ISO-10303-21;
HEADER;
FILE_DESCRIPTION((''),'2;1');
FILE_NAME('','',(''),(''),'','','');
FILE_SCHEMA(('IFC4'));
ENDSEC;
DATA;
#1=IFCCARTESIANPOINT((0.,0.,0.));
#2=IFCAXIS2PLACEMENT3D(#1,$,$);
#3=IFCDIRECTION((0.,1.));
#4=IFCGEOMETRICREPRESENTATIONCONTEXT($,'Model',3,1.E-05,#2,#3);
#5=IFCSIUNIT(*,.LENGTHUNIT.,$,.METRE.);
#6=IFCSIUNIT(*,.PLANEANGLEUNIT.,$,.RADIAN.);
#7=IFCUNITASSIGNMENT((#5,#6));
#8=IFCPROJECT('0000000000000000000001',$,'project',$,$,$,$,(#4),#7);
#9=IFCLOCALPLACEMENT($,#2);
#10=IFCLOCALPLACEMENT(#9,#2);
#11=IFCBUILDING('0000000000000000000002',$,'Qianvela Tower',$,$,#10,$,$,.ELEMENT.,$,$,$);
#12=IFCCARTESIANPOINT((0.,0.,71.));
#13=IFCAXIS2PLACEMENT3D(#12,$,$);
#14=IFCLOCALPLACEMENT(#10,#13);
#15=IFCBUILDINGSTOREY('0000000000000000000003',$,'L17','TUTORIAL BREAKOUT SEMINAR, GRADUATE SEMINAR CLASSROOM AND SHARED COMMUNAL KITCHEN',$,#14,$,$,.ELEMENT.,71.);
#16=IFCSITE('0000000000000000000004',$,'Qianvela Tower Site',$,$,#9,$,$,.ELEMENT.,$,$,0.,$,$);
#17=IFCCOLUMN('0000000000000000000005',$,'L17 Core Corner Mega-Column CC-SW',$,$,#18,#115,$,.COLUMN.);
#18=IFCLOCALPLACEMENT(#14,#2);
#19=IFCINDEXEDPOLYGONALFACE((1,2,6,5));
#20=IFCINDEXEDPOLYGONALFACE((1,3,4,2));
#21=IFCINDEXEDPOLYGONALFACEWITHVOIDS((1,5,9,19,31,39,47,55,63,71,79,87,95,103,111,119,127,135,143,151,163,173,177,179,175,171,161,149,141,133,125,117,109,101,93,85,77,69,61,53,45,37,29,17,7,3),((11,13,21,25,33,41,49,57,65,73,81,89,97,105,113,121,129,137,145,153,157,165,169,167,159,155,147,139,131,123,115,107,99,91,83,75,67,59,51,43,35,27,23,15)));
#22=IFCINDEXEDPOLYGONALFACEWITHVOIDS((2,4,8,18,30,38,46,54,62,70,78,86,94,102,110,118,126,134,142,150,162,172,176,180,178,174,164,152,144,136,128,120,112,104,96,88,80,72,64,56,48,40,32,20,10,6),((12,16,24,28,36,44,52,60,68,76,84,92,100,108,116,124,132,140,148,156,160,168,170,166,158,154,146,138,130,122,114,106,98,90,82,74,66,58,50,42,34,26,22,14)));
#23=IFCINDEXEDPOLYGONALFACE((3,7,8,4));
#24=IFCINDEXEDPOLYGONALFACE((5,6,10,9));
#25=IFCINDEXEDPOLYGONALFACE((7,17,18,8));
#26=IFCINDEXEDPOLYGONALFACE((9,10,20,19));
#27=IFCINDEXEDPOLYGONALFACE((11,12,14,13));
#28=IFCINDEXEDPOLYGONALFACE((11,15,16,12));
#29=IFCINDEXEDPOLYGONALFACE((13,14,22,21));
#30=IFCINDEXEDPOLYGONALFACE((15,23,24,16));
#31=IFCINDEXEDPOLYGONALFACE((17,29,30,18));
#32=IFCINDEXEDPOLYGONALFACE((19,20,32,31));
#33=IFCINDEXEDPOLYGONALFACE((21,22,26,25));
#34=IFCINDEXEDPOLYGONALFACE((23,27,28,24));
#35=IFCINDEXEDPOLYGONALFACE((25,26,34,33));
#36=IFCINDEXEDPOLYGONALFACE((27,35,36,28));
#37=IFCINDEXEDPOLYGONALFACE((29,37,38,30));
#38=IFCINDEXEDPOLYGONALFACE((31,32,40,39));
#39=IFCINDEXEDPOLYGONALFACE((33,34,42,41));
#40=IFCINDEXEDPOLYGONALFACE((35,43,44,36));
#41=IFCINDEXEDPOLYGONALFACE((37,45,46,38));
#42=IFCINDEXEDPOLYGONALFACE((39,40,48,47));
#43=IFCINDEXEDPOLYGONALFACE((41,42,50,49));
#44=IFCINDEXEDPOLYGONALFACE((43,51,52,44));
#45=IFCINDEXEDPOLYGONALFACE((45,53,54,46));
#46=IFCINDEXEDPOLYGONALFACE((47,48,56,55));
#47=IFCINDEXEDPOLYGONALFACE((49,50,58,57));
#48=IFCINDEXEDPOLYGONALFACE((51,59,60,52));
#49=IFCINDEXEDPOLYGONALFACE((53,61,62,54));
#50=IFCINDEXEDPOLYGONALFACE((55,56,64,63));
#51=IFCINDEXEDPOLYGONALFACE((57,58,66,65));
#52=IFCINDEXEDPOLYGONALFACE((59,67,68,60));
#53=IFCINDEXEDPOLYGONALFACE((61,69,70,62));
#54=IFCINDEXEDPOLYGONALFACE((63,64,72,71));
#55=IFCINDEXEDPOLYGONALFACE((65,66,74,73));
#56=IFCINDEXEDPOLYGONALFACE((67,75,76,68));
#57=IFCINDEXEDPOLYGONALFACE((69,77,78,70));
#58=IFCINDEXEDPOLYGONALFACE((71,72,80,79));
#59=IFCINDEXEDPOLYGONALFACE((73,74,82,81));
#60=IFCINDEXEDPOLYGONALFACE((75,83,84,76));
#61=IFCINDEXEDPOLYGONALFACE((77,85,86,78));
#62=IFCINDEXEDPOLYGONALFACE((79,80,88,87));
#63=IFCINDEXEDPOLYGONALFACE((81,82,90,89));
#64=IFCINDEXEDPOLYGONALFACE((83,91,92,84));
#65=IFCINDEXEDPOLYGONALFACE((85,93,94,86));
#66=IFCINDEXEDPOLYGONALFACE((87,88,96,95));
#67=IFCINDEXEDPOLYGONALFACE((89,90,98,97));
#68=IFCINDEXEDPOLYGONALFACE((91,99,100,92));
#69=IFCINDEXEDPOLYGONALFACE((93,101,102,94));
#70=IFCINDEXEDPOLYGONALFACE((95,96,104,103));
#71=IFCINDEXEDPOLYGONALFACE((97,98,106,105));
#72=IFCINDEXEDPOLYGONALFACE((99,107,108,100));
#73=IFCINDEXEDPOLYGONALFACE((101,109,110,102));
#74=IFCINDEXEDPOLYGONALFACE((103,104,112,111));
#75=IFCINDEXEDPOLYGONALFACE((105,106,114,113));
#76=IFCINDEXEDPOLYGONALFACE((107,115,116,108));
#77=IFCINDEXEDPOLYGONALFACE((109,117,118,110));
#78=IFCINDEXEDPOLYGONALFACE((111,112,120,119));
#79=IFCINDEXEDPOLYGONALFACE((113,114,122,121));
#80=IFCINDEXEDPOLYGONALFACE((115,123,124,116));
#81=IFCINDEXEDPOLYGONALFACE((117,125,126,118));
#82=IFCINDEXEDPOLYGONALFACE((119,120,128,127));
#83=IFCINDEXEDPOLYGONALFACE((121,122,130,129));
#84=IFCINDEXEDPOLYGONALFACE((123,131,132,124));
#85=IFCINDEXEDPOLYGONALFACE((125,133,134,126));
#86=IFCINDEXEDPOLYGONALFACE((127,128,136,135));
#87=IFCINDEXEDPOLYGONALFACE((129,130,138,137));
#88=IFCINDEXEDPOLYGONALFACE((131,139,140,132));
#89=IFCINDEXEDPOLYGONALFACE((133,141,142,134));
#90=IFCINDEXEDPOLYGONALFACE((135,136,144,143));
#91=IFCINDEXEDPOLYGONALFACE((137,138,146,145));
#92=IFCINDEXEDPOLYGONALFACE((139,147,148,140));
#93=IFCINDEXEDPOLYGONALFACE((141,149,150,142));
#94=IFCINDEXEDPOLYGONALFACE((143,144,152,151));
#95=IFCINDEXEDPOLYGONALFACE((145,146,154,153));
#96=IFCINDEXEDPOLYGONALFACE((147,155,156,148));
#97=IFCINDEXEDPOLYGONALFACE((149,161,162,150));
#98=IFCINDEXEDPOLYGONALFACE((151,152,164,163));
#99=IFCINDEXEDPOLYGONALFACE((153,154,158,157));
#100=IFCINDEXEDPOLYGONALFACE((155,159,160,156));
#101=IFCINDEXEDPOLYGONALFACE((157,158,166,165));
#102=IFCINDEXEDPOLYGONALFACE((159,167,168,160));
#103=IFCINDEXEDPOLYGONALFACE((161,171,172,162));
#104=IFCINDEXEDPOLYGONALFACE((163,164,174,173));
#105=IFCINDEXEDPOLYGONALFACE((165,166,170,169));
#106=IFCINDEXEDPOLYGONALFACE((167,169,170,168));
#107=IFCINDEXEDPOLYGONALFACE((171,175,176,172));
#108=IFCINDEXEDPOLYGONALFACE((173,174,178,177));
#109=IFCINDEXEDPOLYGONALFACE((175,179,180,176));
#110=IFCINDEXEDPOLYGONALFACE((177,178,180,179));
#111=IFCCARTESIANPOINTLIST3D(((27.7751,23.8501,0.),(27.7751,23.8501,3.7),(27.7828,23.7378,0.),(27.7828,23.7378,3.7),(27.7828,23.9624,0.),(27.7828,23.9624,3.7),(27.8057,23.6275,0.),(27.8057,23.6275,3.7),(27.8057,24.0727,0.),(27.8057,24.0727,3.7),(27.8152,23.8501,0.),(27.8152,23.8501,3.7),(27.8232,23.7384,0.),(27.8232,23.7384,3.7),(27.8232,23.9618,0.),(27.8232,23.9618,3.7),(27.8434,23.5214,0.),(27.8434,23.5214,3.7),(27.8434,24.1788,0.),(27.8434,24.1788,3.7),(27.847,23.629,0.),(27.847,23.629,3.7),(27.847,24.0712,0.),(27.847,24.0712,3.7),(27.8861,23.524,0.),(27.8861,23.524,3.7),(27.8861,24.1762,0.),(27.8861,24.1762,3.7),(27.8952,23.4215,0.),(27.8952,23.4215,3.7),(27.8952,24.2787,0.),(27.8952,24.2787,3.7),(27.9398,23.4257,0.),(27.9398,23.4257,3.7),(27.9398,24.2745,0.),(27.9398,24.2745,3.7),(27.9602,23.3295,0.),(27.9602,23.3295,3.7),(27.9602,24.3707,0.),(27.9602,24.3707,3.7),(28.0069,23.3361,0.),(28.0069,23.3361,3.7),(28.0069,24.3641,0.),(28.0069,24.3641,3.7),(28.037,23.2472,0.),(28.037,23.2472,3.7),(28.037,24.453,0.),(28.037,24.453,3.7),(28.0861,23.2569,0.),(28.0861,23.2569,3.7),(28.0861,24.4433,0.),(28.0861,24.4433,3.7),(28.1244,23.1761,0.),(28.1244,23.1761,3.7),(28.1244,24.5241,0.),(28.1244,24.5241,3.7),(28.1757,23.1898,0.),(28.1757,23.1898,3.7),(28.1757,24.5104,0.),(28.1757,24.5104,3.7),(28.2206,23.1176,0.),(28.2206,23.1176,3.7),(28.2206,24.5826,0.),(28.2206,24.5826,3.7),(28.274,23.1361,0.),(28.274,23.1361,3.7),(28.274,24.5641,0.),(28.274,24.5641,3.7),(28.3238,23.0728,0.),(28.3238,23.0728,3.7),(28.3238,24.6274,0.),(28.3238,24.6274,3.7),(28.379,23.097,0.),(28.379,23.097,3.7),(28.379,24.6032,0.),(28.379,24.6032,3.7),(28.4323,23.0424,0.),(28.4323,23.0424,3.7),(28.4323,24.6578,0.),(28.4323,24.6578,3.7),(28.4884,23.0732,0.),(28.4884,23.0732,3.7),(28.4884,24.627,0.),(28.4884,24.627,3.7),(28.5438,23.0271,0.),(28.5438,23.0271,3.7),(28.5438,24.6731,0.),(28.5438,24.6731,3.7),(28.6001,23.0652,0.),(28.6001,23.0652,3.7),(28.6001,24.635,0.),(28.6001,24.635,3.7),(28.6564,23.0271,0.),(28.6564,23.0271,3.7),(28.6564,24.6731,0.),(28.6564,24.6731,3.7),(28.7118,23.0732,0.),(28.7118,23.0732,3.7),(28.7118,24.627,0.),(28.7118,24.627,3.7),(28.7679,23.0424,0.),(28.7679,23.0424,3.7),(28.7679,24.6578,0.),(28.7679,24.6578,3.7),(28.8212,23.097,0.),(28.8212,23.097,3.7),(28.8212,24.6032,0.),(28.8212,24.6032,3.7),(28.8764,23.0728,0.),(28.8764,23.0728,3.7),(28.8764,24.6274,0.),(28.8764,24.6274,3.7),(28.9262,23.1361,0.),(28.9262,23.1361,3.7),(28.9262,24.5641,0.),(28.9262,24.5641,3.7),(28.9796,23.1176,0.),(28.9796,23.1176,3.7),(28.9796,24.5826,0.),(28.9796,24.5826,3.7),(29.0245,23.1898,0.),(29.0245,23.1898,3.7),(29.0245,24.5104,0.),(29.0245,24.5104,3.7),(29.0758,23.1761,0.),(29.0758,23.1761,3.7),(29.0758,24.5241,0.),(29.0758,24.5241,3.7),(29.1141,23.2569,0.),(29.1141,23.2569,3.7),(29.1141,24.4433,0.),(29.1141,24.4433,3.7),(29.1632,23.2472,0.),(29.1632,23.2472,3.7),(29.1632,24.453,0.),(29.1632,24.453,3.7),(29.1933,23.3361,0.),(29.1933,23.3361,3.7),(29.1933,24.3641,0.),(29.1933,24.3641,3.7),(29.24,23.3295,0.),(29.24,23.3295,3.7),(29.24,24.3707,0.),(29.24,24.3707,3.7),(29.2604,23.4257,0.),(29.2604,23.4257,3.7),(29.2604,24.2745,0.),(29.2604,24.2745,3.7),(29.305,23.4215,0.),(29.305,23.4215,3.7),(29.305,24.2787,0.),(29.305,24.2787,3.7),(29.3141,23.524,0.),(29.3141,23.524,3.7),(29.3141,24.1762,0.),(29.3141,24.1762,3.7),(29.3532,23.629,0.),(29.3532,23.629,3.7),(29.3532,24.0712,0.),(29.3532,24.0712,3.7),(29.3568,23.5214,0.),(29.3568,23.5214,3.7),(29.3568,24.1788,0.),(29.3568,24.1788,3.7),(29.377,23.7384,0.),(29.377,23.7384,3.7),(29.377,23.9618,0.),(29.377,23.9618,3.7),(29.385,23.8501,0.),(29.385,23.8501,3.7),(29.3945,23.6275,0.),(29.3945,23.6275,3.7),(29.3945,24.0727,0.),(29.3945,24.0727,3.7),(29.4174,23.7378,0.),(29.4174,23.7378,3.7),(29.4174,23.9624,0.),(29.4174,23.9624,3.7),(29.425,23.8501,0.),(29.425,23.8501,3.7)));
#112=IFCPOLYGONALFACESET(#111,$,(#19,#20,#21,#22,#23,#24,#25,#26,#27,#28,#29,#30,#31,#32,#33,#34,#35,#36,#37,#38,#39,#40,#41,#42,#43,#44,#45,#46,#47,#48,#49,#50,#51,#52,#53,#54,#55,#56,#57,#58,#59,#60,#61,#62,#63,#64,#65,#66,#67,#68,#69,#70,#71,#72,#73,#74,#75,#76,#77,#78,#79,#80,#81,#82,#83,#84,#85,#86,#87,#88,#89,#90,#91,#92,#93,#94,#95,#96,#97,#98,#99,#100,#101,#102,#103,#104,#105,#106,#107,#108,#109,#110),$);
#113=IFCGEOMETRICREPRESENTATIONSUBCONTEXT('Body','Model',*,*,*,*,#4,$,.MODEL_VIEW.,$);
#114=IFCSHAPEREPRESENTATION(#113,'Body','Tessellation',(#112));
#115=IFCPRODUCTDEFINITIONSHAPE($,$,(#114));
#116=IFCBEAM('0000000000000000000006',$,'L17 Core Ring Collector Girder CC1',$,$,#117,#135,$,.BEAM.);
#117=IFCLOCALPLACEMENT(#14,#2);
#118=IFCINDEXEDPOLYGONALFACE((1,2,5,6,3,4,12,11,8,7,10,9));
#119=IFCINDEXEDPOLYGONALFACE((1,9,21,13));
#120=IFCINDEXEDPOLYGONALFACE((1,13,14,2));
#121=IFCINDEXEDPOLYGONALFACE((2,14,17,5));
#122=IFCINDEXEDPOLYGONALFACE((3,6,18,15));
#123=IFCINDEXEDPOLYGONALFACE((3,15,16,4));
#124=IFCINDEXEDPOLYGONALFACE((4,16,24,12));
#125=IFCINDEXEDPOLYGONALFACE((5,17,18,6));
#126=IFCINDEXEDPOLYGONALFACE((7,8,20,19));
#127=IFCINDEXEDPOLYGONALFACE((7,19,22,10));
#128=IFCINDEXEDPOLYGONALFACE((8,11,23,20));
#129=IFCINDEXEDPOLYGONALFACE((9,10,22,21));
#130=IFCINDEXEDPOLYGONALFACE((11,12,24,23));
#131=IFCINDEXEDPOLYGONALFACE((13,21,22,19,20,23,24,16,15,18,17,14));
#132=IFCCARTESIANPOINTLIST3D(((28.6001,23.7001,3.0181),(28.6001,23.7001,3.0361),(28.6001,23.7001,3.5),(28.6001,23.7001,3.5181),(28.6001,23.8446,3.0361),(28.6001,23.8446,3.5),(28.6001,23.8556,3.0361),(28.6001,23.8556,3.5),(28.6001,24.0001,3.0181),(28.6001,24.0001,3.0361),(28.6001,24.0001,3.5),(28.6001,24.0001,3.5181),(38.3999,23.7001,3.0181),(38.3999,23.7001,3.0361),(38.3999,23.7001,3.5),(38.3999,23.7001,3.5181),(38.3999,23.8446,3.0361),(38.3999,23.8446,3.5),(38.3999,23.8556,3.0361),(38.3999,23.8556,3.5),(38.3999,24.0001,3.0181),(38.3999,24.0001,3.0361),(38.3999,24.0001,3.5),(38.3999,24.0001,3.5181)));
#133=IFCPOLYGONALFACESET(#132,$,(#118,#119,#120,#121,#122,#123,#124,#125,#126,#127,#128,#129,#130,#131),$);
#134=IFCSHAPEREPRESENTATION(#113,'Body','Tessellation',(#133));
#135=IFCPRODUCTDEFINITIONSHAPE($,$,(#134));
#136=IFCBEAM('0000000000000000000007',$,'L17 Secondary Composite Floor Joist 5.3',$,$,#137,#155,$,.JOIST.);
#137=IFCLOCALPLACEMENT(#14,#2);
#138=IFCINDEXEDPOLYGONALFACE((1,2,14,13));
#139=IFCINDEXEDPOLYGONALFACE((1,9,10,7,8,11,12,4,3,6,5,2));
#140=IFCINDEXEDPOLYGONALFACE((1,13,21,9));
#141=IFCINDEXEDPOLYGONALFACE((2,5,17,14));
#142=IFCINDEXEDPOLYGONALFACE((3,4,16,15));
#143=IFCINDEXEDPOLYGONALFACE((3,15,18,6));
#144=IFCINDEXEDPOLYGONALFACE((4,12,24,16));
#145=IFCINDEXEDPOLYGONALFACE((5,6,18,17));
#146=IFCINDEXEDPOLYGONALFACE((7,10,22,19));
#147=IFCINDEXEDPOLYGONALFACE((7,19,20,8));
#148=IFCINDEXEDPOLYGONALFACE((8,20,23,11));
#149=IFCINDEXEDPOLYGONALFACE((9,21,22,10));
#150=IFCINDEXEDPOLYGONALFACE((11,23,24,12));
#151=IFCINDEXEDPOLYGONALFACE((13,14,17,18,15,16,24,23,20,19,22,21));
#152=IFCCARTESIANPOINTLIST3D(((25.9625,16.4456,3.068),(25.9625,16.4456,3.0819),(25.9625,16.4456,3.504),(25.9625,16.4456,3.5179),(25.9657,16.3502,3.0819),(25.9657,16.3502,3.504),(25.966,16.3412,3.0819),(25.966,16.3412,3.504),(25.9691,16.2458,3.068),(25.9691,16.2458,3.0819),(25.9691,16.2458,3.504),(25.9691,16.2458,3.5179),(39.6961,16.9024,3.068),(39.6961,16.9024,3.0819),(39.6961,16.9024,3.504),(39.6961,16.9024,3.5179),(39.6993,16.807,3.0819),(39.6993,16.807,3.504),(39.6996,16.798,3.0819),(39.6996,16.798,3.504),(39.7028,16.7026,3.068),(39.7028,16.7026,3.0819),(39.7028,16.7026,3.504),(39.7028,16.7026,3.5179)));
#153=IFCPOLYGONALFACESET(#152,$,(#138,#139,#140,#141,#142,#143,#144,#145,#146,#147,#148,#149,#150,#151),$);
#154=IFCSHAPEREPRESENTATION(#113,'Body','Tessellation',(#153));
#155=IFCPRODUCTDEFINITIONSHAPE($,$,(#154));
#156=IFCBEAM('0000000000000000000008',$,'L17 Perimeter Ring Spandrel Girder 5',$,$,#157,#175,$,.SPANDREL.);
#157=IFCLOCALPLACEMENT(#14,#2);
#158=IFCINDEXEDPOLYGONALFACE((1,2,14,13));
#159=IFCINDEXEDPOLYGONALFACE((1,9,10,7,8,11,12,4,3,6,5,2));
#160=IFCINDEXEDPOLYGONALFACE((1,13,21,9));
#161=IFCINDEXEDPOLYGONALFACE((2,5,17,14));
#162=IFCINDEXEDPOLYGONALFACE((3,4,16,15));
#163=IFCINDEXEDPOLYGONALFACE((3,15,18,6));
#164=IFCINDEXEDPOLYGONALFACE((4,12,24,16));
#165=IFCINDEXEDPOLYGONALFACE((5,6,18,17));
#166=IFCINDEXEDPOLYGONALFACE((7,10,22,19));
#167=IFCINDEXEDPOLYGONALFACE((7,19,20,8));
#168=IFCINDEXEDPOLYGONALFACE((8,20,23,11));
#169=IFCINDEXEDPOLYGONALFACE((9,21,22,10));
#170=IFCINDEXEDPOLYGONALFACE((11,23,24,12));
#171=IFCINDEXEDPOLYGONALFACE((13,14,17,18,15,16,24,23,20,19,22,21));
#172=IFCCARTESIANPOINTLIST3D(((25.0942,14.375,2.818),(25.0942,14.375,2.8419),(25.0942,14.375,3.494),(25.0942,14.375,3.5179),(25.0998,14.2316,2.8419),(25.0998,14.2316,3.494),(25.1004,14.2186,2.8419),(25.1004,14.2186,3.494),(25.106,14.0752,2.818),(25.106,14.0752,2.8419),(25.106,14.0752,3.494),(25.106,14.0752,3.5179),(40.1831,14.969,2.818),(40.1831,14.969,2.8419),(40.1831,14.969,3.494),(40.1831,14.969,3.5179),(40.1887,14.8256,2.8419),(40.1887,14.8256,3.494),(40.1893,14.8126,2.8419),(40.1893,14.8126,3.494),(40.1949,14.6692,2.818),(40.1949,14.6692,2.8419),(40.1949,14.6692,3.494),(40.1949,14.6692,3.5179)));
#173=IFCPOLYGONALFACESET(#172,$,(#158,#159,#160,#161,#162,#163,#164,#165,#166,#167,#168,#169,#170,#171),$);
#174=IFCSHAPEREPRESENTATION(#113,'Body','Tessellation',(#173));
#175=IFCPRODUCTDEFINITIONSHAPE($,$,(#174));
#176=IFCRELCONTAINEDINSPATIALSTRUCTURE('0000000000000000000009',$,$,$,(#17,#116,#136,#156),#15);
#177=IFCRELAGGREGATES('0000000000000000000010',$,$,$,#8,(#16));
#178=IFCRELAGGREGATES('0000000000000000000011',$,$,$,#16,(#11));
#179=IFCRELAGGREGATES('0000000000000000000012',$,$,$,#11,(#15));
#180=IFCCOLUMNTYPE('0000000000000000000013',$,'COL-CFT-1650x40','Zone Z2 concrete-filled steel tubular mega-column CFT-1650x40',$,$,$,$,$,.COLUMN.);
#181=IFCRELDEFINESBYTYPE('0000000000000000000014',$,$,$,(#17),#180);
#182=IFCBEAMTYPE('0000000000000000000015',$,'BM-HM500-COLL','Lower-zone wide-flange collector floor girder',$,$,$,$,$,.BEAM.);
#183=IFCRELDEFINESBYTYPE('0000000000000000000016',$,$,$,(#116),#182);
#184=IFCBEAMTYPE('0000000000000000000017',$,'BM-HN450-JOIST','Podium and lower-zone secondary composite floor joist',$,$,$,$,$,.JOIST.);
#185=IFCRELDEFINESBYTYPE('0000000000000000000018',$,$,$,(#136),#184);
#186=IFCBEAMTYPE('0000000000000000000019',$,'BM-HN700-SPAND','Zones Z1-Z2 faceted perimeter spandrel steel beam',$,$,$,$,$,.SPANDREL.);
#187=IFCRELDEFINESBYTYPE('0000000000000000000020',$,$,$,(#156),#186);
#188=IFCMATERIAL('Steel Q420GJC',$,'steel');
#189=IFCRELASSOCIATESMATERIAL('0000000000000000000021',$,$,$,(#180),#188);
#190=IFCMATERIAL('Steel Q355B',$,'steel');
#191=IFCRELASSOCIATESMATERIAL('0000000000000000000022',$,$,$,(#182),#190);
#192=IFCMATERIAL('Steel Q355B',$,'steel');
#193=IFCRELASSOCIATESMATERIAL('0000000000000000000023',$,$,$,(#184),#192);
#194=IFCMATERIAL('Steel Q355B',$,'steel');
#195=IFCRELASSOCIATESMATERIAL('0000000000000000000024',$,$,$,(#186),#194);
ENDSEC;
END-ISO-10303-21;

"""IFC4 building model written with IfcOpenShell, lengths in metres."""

from ifc_helpers import new_model, si_unit, direction, frame, origin, origin_2d, place, context, subcontext, project, spatial, hollow_circle, i_section, extrude, material, material_profile, profile_set, type_object, element, save


model = new_model("IFC4")

# Units and contexts
model_context = context("Model", 3, precision=1e-05, world=origin(), true_north=direction((0.0, 1.0)))
body_context = subcontext(model_context, "Body", "Model", "MODEL_VIEW")
ifc_project = project(units=[si_unit("LENGTHUNIT", "METRE"), si_unit("PLANEANGLEUNIT", "RADIAN")], contexts=[model_context])

# Site, building, storey
site_placement = place(None, origin())
site = spatial("IfcSite", under=ifc_project, at=site_placement, Name="Qianvela Tower Site", CompositionType="ELEMENT", RefElevation=0.0)
building_placement = place(site_placement, origin())
building = spatial("IfcBuilding", under=site, at=building_placement, Name="Qianvela Tower", CompositionType="ELEMENT")
storey_placement = place(building_placement, frame((0.0, 0.0, 71.0)))
storey = spatial("IfcBuildingStorey", under=building, at=storey_placement, Name="L17", Description="TUTORIAL BREAKOUT SEMINAR, GRADUATE SEMINAR CLASSROOM AND SHARED COMMUNAL KITCHEN", CompositionType="ELEMENT", Elevation=71.0)

# Column
ifc_material_1 = material(Name="Steel Q420GJC", Category="steel")
ifc_material_profile_1 = material_profile(ifc_material_1, hollow_circle(Radius=0.825, WallThickness=0.04, at=origin_2d()), Name="CFT-1650x40")
ifc_profile_set_1 = profile_set([ifc_material_profile_1], Name="Steel Q420GJC")
column_type = type_object("IfcColumnType", Name="COL-CFT-1650x40", Description="Zone Z2 concrete-filled steel tubular mega-column CFT-1650x40", PredefinedType="COLUMN", material=ifc_profile_set_1)
column_placement = place(storey_placement, frame((28.6001, 23.8501, 0.0), z_axis=(0.0, 0.0, 1.0), x_axis=(1.0, 0.0, 0.0)))
element("IfcColumn", 1, at=column_placement, inside=storey, type_object=column_type, Name="L17 Core Corner Mega-Column CC-SW", PredefinedType="COLUMN", context=body_context, shape_type="SweptSolid", body=[
    extrude(hollow_circle(Radius=0.825, WallThickness=0.04, at=origin_2d()), origin(), (0.0, 0.0, 1.0), 3.7),
])

# Beams
ifc_material_2 = material(Name="Steel Q355B", Category="steel")
ifc_material_profile_2 = material_profile(ifc_material_2, i_section(OverallWidth=0.3, OverallDepth=0.5, WebThickness=0.011, FlangeThickness=0.0181, at=origin_2d()), Name="HM500x300x11x18")
ifc_profile_set_2 = profile_set([ifc_material_profile_2], Name="Steel Q355B")
beam_type_1 = type_object("IfcBeamType", Name="BM-HM500-COLL", Description="Lower-zone wide-flange collector floor girder", PredefinedType="BEAM", material=ifc_profile_set_2)
beam_1_placement = place(storey_placement, frame((28.6001, 23.8501, 3.2681), z_axis=(1.0, 0.0, 0.0), x_axis=(0.0, 1.0, 0.0)))
element("IfcBeam", 2, at=beam_1_placement, inside=storey, type_object=beam_type_1, Name="L17 Core Ring Collector Girder CC1", PredefinedType="BEAM", context=body_context, shape_type="SweptSolid", body=[
    extrude(i_section(OverallWidth=0.3, OverallDepth=0.5, WebThickness=0.011, FlangeThickness=0.0181, at=origin_2d()), origin(), (0.0, 0.0, 1.0), 9.7998),
])
ifc_material_3 = material(Name="Steel Q355B", Category="steel")
ifc_material_profile_3 = material_profile(ifc_material_3, i_section(OverallWidth=0.2, OverallDepth=0.45, WebThickness=0.009, FlangeThickness=0.0139, at=origin_2d()), Name="HN450x200x9x14")
ifc_profile_set_3 = profile_set([ifc_material_profile_3], Name="Steel Q355B")
beam_type_2 = type_object("IfcBeamType", Name="BM-HN450-JOIST", Description="Podium and lower-zone secondary composite floor joist", PredefinedType="JOIST", material=ifc_profile_set_3)
beam_2_placement = place(storey_placement, frame((25.9658, 16.3457, 3.293), z_axis=(0.999447, 0.033242, 0.0), x_axis=(-0.033242, 0.999447, 0.0)))
element("IfcBeam", 3, at=beam_2_placement, inside=storey, type_object=beam_type_2, Name="L17 Secondary Composite Floor Joist 5.3", PredefinedType="JOIST", context=body_context, shape_type="SweptSolid", body=[
    extrude(i_section(OverallWidth=0.2, OverallDepth=0.45, WebThickness=0.009, FlangeThickness=0.0139, at=origin_2d()), origin(), (0.0, 0.0, 1.0), 13.7412),
])
ifc_material_4 = material(Name="Steel Q355B", Category="steel")
ifc_material_profile_4 = material_profile(ifc_material_4, i_section(OverallWidth=0.3, OverallDepth=0.7, WebThickness=0.0129, FlangeThickness=0.0239, at=origin_2d()), Name="HN700x300x13x24")
ifc_profile_set_4 = profile_set([ifc_material_profile_4], Name="Steel Q355B")
beam_type_3 = type_object("IfcBeamType", Name="BM-HN700-SPAND", Description="Zones Z1-Z2 faceted perimeter spandrel steel beam", PredefinedType="SPANDREL", material=ifc_profile_set_4)
beam_3_placement = place(storey_placement, frame((25.1001, 14.2251, 3.168), z_axis=(0.999226, 0.039336, 0.0), x_axis=(-0.039336, 0.999226, 0.0)))
element("IfcBeam", 4, at=beam_3_placement, inside=storey, type_object=beam_type_3, Name="L17 Perimeter Ring Spandrel Girder 5", PredefinedType="SPANDREL", context=body_context, shape_type="SweptSolid", body=[
    extrude(i_section(OverallWidth=0.3, OverallDepth=0.7, WebThickness=0.0129, FlangeThickness=0.0239, at=origin_2d()), origin(), (0.0, 0.0, 1.0), 15.1006),
])

save(model, "model.ifc")
